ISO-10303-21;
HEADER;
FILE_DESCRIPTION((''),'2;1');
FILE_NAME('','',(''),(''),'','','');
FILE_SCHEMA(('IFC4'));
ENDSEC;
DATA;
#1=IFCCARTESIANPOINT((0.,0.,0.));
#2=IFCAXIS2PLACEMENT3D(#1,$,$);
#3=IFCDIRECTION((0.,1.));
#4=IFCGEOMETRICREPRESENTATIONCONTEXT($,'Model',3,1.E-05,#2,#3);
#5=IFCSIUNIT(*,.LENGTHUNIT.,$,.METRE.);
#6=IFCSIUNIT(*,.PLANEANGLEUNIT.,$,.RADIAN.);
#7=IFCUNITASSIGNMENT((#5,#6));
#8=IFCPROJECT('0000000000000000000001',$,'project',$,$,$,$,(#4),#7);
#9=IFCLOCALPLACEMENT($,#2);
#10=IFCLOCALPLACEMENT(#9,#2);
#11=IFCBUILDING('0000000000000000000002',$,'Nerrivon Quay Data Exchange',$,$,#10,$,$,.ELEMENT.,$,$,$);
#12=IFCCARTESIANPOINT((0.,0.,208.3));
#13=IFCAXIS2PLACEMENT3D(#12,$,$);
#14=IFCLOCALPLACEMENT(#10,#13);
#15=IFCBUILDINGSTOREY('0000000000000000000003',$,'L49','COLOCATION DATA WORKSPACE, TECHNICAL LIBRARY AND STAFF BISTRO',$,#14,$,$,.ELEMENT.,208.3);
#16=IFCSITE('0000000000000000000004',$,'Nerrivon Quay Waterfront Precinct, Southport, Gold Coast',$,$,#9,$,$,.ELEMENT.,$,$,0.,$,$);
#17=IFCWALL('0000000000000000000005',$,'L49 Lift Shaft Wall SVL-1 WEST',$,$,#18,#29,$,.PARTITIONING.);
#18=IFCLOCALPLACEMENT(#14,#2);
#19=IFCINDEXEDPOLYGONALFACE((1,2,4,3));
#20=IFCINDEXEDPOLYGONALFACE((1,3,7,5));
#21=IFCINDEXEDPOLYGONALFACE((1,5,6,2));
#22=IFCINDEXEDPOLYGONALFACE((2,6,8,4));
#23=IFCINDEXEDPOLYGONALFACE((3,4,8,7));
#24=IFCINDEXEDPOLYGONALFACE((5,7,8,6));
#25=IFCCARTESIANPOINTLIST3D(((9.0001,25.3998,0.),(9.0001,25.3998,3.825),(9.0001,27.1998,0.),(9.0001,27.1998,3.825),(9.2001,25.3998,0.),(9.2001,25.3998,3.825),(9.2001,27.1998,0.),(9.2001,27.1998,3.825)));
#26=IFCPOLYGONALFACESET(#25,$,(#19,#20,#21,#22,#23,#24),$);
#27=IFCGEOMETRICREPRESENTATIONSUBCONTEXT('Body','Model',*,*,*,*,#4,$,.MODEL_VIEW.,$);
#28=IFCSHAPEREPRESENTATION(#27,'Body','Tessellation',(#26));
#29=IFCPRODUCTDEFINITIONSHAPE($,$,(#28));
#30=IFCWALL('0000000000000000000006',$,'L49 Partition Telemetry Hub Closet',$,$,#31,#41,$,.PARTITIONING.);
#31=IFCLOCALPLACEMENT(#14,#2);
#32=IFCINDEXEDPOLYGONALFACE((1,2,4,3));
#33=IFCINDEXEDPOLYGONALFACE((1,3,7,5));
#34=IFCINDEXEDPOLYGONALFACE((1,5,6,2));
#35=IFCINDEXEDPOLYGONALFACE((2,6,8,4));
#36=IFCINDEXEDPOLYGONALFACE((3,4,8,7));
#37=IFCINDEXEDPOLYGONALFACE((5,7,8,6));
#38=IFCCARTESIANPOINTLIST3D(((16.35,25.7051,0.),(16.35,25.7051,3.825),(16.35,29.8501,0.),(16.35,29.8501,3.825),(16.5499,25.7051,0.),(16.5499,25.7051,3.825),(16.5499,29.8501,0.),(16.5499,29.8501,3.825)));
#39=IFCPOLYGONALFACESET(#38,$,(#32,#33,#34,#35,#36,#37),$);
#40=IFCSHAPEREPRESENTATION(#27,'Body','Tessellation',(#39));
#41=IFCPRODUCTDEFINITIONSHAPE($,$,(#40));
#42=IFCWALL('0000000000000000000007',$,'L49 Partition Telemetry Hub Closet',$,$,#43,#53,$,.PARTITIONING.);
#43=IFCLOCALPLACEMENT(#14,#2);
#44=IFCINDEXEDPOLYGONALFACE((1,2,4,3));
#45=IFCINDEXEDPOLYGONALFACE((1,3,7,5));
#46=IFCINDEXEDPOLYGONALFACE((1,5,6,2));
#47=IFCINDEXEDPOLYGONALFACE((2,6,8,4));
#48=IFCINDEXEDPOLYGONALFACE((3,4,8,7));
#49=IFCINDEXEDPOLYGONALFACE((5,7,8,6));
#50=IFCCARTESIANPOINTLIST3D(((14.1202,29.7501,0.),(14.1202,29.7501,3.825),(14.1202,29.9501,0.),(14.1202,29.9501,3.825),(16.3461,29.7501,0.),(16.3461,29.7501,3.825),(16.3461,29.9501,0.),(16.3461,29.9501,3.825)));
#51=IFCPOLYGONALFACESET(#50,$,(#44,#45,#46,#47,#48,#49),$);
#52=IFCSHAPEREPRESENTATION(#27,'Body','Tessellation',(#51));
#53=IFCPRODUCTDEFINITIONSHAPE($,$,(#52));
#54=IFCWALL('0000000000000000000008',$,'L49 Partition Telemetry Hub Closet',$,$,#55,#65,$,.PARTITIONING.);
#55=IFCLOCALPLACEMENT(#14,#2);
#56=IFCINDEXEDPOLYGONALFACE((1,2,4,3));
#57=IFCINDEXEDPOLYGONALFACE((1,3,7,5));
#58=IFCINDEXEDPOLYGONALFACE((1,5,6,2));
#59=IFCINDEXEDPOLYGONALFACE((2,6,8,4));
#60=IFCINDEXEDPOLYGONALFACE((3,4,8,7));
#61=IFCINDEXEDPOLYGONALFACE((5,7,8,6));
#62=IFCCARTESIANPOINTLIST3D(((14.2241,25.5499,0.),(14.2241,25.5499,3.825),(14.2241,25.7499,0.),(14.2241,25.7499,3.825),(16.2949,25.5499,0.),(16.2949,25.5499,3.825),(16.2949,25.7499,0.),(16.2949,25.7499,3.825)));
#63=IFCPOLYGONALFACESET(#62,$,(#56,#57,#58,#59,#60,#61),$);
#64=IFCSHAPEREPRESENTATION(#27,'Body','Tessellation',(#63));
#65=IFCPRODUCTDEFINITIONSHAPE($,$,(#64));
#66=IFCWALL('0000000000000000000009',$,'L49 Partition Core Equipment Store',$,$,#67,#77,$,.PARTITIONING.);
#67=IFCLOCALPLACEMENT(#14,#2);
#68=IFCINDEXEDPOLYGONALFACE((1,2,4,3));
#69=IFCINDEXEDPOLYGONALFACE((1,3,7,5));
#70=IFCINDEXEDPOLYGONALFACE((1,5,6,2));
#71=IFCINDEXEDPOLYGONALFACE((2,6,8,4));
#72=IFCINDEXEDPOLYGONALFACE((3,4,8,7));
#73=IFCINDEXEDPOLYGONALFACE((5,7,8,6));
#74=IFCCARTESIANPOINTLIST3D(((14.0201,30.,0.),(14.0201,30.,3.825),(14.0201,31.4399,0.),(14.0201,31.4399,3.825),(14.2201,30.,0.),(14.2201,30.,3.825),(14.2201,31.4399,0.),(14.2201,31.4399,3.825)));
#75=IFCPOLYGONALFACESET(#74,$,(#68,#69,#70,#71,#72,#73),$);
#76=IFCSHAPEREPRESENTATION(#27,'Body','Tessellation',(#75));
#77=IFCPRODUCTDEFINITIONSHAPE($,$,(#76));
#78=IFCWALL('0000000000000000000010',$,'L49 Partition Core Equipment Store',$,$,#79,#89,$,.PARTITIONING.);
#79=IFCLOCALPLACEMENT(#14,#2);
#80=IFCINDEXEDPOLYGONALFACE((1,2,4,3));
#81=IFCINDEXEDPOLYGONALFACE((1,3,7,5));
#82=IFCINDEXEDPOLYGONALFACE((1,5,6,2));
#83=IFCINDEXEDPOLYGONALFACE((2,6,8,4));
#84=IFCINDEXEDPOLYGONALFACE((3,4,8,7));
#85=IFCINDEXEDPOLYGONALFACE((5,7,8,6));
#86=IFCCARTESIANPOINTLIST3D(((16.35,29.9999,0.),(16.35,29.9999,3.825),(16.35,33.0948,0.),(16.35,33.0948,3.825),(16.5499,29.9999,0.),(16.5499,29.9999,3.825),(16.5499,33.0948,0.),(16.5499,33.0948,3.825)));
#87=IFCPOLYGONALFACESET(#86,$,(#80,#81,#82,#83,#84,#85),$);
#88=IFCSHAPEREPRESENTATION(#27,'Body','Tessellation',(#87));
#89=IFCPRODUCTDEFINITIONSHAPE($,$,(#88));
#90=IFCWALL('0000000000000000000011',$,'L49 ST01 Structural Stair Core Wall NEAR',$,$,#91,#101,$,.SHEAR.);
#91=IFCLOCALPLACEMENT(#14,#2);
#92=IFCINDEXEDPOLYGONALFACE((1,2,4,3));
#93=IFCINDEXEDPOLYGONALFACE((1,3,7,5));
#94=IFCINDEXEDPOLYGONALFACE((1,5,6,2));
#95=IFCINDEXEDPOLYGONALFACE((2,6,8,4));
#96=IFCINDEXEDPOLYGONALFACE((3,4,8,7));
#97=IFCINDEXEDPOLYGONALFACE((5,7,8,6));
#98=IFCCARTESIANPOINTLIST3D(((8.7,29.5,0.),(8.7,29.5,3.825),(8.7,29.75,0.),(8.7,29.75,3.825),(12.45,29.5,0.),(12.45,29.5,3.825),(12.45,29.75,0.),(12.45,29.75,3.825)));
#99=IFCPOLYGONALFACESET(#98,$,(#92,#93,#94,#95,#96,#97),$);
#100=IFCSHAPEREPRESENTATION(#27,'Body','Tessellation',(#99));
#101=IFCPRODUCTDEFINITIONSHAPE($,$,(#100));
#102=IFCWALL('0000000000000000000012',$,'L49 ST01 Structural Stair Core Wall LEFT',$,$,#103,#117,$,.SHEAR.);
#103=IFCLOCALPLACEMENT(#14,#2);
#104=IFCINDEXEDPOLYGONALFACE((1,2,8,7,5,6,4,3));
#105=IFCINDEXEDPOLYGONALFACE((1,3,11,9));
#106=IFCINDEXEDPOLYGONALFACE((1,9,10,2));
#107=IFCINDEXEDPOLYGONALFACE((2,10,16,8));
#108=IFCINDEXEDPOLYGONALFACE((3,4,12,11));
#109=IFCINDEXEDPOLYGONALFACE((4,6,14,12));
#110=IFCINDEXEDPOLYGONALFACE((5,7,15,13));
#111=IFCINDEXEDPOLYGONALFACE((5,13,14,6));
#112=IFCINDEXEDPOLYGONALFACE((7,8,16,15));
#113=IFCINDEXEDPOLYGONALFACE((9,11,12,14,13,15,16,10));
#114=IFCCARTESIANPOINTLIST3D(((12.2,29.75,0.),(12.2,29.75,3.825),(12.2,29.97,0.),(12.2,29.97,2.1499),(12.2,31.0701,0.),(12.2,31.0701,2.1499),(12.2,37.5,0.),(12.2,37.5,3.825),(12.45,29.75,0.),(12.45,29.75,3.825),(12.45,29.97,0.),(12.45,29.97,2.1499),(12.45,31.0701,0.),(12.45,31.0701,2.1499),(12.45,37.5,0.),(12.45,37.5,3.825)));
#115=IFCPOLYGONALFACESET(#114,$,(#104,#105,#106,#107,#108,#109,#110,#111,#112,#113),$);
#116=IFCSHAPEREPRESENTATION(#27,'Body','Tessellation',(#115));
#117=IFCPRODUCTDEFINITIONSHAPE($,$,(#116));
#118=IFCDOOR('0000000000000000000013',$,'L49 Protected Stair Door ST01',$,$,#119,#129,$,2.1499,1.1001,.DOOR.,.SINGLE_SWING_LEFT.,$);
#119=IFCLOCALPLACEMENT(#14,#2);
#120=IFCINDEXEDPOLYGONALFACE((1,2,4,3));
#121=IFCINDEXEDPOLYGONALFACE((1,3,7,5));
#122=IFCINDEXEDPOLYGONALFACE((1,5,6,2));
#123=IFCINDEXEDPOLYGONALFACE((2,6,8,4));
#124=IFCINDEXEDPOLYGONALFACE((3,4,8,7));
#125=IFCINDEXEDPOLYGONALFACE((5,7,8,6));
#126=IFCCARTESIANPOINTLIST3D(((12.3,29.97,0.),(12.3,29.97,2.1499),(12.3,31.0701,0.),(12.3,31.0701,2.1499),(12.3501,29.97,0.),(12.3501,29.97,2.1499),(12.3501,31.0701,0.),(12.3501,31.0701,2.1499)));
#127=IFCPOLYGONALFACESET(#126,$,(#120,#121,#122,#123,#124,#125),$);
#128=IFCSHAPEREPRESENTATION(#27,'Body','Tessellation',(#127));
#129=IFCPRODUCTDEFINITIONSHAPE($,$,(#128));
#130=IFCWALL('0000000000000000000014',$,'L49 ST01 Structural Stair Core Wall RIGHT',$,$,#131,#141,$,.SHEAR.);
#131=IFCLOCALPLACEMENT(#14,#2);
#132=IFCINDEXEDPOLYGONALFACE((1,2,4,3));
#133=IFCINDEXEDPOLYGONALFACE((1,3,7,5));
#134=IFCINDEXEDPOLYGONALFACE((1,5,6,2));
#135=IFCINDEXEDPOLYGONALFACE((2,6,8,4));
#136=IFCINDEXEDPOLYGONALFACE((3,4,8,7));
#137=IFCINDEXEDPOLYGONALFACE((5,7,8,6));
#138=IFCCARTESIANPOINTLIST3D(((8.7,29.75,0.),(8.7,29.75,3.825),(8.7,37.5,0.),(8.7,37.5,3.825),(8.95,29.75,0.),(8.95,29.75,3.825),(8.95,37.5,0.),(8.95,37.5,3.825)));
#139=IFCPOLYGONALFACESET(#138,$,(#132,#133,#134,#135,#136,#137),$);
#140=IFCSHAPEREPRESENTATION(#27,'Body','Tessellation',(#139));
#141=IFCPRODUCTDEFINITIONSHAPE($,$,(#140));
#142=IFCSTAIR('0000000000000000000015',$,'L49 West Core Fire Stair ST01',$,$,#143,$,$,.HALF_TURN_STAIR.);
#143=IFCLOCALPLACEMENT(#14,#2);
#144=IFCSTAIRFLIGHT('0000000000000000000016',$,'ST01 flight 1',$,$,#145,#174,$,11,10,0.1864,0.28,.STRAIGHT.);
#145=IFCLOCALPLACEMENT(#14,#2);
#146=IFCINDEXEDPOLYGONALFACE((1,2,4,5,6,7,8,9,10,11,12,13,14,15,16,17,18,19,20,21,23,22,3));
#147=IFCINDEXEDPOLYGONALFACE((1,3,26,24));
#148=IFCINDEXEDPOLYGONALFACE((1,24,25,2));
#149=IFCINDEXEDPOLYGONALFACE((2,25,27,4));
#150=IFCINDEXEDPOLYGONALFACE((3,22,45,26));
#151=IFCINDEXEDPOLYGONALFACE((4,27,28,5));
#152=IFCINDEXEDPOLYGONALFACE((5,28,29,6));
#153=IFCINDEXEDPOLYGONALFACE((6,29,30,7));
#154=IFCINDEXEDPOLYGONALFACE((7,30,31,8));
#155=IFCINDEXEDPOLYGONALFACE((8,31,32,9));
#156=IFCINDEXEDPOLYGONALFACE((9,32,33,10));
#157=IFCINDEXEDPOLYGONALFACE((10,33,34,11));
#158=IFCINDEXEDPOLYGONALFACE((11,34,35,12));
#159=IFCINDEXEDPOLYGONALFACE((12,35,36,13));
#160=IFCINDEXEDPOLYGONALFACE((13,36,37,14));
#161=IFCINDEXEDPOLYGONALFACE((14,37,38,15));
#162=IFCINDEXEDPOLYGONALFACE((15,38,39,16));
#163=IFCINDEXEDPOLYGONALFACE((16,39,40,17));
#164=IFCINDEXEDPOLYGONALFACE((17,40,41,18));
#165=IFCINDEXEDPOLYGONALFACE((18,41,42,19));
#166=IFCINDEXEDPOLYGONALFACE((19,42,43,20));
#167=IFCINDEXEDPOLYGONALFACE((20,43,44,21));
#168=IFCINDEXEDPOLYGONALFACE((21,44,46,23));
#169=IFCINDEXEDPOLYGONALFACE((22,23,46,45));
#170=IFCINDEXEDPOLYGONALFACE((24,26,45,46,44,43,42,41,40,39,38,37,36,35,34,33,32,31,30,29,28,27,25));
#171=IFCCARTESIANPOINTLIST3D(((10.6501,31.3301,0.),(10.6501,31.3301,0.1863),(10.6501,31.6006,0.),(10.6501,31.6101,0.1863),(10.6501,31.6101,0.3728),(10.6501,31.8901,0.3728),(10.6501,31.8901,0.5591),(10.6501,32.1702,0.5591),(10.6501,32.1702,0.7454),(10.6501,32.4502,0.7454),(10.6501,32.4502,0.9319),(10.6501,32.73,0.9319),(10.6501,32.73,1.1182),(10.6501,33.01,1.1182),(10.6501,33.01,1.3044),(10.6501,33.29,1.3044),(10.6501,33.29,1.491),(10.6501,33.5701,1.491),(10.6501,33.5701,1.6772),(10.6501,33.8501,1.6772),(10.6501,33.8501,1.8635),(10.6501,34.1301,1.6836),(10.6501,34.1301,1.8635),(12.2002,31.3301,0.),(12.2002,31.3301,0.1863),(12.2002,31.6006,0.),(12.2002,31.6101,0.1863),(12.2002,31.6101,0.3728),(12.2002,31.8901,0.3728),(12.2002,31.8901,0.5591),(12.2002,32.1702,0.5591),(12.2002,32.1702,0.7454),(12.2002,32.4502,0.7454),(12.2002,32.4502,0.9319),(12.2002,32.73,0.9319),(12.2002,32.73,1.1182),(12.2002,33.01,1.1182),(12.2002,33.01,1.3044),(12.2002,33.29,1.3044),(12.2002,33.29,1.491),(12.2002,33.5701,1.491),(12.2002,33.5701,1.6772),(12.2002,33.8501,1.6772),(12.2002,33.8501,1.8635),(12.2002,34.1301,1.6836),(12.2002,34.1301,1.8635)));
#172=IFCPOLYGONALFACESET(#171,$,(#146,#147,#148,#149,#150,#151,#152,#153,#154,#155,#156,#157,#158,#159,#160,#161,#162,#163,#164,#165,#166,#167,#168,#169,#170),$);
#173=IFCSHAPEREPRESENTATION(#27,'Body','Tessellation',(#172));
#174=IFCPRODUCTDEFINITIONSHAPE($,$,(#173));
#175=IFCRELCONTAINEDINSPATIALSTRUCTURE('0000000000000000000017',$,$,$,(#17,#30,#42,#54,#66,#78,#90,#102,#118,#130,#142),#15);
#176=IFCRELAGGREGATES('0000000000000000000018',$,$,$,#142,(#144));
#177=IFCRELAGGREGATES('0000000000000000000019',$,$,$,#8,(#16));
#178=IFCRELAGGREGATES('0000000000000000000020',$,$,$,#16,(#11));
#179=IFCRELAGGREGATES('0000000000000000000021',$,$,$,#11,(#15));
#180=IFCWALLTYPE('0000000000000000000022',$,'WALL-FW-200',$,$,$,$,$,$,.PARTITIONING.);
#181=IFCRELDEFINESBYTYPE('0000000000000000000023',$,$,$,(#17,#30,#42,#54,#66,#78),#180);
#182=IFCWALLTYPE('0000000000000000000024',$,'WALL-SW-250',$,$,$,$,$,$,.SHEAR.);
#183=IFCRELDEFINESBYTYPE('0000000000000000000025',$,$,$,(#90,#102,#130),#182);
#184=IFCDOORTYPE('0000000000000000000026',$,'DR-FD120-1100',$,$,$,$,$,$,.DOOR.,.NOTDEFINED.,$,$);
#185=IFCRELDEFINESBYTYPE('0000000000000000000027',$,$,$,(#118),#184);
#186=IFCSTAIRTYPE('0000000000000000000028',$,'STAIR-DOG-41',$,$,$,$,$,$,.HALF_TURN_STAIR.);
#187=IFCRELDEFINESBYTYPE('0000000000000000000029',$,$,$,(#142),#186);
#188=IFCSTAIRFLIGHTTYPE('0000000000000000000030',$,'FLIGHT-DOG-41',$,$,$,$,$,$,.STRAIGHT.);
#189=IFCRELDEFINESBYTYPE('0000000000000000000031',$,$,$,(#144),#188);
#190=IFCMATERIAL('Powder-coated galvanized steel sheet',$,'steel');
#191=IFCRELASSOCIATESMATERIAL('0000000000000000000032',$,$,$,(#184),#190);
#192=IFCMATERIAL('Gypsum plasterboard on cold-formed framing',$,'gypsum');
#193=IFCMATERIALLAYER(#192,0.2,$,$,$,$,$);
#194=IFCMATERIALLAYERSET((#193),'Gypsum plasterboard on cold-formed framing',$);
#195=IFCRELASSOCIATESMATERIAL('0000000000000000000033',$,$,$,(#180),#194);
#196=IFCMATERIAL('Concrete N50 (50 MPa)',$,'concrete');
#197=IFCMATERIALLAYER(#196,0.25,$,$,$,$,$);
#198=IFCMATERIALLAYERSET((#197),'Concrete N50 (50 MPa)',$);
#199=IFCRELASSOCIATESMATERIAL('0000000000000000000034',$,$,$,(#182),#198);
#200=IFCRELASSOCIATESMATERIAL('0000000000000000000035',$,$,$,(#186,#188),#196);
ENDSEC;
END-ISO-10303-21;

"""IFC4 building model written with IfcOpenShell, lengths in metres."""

from ifc_helpers import new_model, si_unit, direction, frame, frame_2d, origin, place, context, subcontext, project, spatial, polyline, rectangle, outline, extrude, material, layer, layer_set, type_object, element, fill, aggregate, save


model = new_model("IFC4")

# Units and contexts
model_context = context("Model", 3, precision=1e-05, world=origin(), true_north=direction((0.0, 1.0)))
body_context = subcontext(model_context, "Body", "Model", "MODEL_VIEW")
ifc_project = project(units=[si_unit("LENGTHUNIT", "METRE"), si_unit("PLANEANGLEUNIT", "RADIAN")], contexts=[model_context])

# Site, building, storey
site_placement = place(None, origin())
site = spatial("IfcSite", under=ifc_project, at=site_placement, Name="Nerrivon Quay Waterfront Precinct, Southport, Gold Coast", CompositionType="ELEMENT", RefElevation=0.0)
building_placement = place(site_placement, origin())
building = spatial("IfcBuilding", under=site, at=building_placement, Name="Nerrivon Quay Data Exchange", CompositionType="ELEMENT")
storey_placement = place(building_placement, frame((0.0, 0.0, 208.3)))
storey = spatial("IfcBuildingStorey", under=building, at=storey_placement, Name="L49", Description="COLOCATION DATA WORKSPACE, TECHNICAL LIBRARY AND STAFF BISTRO", CompositionType="ELEMENT", Elevation=208.3)

# Shared definitions
ifc_material_1 = material(Name="Powder-coated galvanized steel sheet", Category="steel")
door_type_1 = type_object("IfcDoorType", Name="DR-FD120-1100", OperationType="NOTDEFINED", PredefinedType="DOOR", material=ifc_material_1)
ifc_material_2 = material(Name="Gypsum plasterboard on cold-formed framing", Category="gypsum")
ifc_layer_1 = layer(ifc_material_2, 0.2)
ifc_layer_set_1 = layer_set([ifc_layer_1], Name="Gypsum plasterboard on cold-formed framing")
wall_type_1 = type_object("IfcWallType", Name="WALL-FW-200", PredefinedType="PARTITIONING", material=ifc_layer_set_1)

# Walls
wall_1_placement = place(storey_placement, frame((9.1001, 25.3999, 0.0), z_axis=(0.0, 0.0, 1.0), x_axis=(0.0, 1.0, 0.0)))
element("IfcWall", 1, at=wall_1_placement, inside=storey, type_object=wall_type_1, Name="L49 Lift Shaft Wall SVL-1 WEST", PredefinedType="PARTITIONING", context=body_context, shape_type="SweptSolid", body=[
    extrude(rectangle(XDim=1.8, YDim=0.2, at=frame_2d((0.8999, 0.0))), origin(), (0.0, 0.0, 1.0), 3.825),
])
wall_2_placement = place(storey_placement, frame((16.45, 25.7051, 0.0), z_axis=(0.0, 0.0, 1.0), x_axis=(0.0, 1.0, 0.0)))
element("IfcWall", 2, at=wall_2_placement, inside=storey, type_object=wall_type_1, Name="L49 Partition Telemetry Hub Closet", PredefinedType="PARTITIONING", context=body_context, shape_type="SweptSolid", body=[
    extrude(rectangle(XDim=4.145, YDim=0.2, at=frame_2d((2.0725, 0.0))), origin(), (0.0, 0.0, 1.0), 3.825),
])
wall_3_placement = place(storey_placement, frame((16.3459, 29.8501, 0.0), z_axis=(0.0, 0.0, 1.0), x_axis=(-1.0, 0.0, 0.0)))
element("IfcWall", 3, at=wall_3_placement, inside=storey, type_object=wall_type_1, Name="L49 Partition Telemetry Hub Closet", PredefinedType="PARTITIONING", context=body_context, shape_type="SweptSolid", body=[
    extrude(rectangle(XDim=2.2258, YDim=0.2, at=frame_2d((1.1128, 0.0))), origin(), (0.0, 0.0, 1.0), 3.825),
])

# Walls
wall_4_placement = place(storey_placement, frame((14.2241, 25.6499, 0.0), z_axis=(0.0, 0.0, 1.0), x_axis=(1.0, 0.0, 0.0)))
element("IfcWall", 4, at=wall_4_placement, inside=storey, type_object=wall_type_1, Name="L49 Partition Telemetry Hub Closet", PredefinedType="PARTITIONING", context=body_context, shape_type="SweptSolid", body=[
    extrude(rectangle(XDim=2.0708, YDim=0.2, at=frame_2d((1.0354, 0.0))), origin(), (0.0, 0.0, 1.0), 3.825),
])
wall_5_placement = place(storey_placement, frame((14.1201, 31.4399, 0.0), z_axis=(0.0, 0.0, 1.0), x_axis=(0.0, -1.0, 0.0)))
element("IfcWall", 5, at=wall_5_placement, inside=storey, type_object=wall_type_1, Name="L49 Partition Core Equipment Store", PredefinedType="PARTITIONING", context=body_context, shape_type="SweptSolid", body=[
    extrude(rectangle(XDim=1.4399, YDim=0.2, at=frame_2d((0.72, 0.0))), origin(), (0.0, 0.0, 1.0), 3.825),
])
wall_6_placement = place(storey_placement, frame((16.45, 30.0, 0.0), z_axis=(0.0, 0.0, 1.0), x_axis=(0.0, 1.0, 0.0)))
element("IfcWall", 6, at=wall_6_placement, inside=storey, type_object=wall_type_1, Name="L49 Partition Core Equipment Store", PredefinedType="PARTITIONING", context=body_context, shape_type="SweptSolid", body=[
    extrude(rectangle(XDim=3.095, YDim=0.2, at=frame_2d((1.5474, 0.0))), origin(), (0.0, 0.0, 1.0), 3.825),
])

# Wall
ifc_material_3 = material(Name="Concrete N50 (50 MPa)", Category="concrete")
ifc_layer_2 = layer(ifc_material_3, 0.25)
ifc_layer_set_2 = layer_set([ifc_layer_2], Name="Concrete N50 (50 MPa)")
wall_type_2 = type_object("IfcWallType", Name="WALL-SW-250", PredefinedType="SHEAR", material=ifc_layer_set_2)
wall_7_placement = place(storey_placement, frame((12.45, 29.625, 0.0), z_axis=(0.0, 0.0, 1.0), x_axis=(-1.0, 0.0, 0.0)))
element("IfcWall", 7, at=wall_7_placement, inside=storey, type_object=wall_type_2, Name="L49 ST01 Structural Stair Core Wall NEAR", PredefinedType="SHEAR", context=body_context, shape_type="SweptSolid", body=[
    extrude(rectangle(XDim=3.75, YDim=0.25, at=frame_2d((1.875, 0.0))), origin(), (0.0, 0.0, 1.0), 3.825),
])

# Wall, opening, door
wall_8_placement = place(storey_placement, frame((12.325, 29.75, 0.0), z_axis=(0.0, 0.0, 1.0), x_axis=(0.0, 1.0, 0.0)))
wall_8 = element("IfcWall", 8, at=wall_8_placement, inside=storey, type_object=wall_type_2, Name="L49 ST01 Structural Stair Core Wall LEFT", PredefinedType="SHEAR", context=body_context, shape_type="SweptSolid", body=[
    extrude(rectangle(XDim=7.75, YDim=0.25, at=frame_2d((3.875, 0.0))), origin(), (0.0, 0.0, 1.0), 3.825),
])
opening_1_placement = place(wall_8_placement, frame((0.22, 0.0, 0.0)))
opening_1 = element("IfcOpeningElement", 9, at=opening_1_placement, cuts=wall_8, PredefinedType="OPENING", context=body_context, shape_type="SweptSolid", body=[
    extrude(rectangle(XDim=1.1001, YDim=2.1499, at=frame_2d((0.55, 1.075))), frame((0.0, 0.135, 0.0), z_axis=(0.0, -1.0, 0.0), x_axis=(1.0, 0.0, 0.0)), (0.0, 0.0, 1.0), 0.27),
])
door_1_placement = place(opening_1_placement, origin())
door_1 = element("IfcDoor", 10, at=door_1_placement, inside=storey, type_object=door_type_1, Name="L49 Protected Stair Door ST01", OperationType="SINGLE_SWING_LEFT", OverallHeight=2.1499, OverallWidth=1.1001, PredefinedType="DOOR", context=body_context, shape_type="SweptSolid", body=[
    extrude(rectangle(XDim=1.1001, YDim=2.1499, at=frame_2d((0.55, 1.075))), frame((0.0, 0.0249, 0.0), z_axis=(0.0, -1.0, 0.0), x_axis=(1.0, 0.0, 0.0)), (0.0, 0.0, 1.0), 0.05),
])
fill(opening_1, door_1)

# Wall
wall_9_placement = place(storey_placement, frame((8.825, 29.75, 0.0), z_axis=(0.0, 0.0, 1.0), x_axis=(0.0, 1.0, 0.0)))
element("IfcWall", 11, at=wall_9_placement, inside=storey, type_object=wall_type_2, Name="L49 ST01 Structural Stair Core Wall RIGHT", PredefinedType="SHEAR", context=body_context, shape_type="SweptSolid", body=[
    extrude(rectangle(XDim=7.75, YDim=0.25, at=frame_2d((3.875, 0.0))), origin(), (0.0, 0.0, 1.0), 3.825),
])

# Stair, stair flight
stair_type = type_object("IfcStairType", Name="STAIR-DOG-41", PredefinedType="HALF_TURN_STAIR", material=ifc_material_3)
stair_placement = place(storey_placement, origin())
stair = element("IfcStair", 12, at=stair_placement, inside=storey, type_object=stair_type, Name="L49 West Core Fire Stair ST01", PredefinedType="HALF_TURN_STAIR")
stair_flight_type = type_object("IfcStairFlightType", Name="FLIGHT-DOG-41", PredefinedType="STRAIGHT", material=ifc_material_3)
stair_flight_placement = place(storey_placement, frame((11.425, 31.3301, 0.0), z_axis=(0.0, 0.0, 1.0), x_axis=(0.0, 1.0, 0.0)))
stair_flight = element("IfcStairFlight", 13, at=stair_flight_placement, type_object=stair_flight_type, Name="ST01 flight 1", NumberOfRisers=11, NumberOfTreads=10, PredefinedType="STRAIGHT", RiserHeight=0.1864, TreadLength=0.28, context=body_context, shape_type="SweptSolid", body=[
    extrude(outline(polyline([(0.0, 0.0), (0.0, 0.1863), (0.28, 0.1863), (0.28, 0.3728), (0.5601, 0.3728), (0.5601, 0.5591), (0.8401, 0.5591), (0.8401, 0.7454), (1.1201, 0.7454), (1.1201, 0.9319), (1.3999, 0.9319), (1.3999, 1.1182), (1.6799, 1.1182), (1.6799, 1.3044), (1.96, 1.3044), (1.96, 1.491), (2.24, 1.491), (2.24, 1.6772), (2.52, 1.6772), (2.52, 1.8635), (2.8, 1.8635), (2.8, 2.05), (2.8, 1.6836), (0.2705, 0.0), (0.0, 0.0)])), frame((0.0, 0.7749, 0.0), z_axis=(0.0, -1.0, 0.0), x_axis=(1.0, 0.0, 0.0)), (0.0, 0.0, 1.0), 1.55),
])
aggregate(stair, [stair_flight])

save(model, "model.ifc")
